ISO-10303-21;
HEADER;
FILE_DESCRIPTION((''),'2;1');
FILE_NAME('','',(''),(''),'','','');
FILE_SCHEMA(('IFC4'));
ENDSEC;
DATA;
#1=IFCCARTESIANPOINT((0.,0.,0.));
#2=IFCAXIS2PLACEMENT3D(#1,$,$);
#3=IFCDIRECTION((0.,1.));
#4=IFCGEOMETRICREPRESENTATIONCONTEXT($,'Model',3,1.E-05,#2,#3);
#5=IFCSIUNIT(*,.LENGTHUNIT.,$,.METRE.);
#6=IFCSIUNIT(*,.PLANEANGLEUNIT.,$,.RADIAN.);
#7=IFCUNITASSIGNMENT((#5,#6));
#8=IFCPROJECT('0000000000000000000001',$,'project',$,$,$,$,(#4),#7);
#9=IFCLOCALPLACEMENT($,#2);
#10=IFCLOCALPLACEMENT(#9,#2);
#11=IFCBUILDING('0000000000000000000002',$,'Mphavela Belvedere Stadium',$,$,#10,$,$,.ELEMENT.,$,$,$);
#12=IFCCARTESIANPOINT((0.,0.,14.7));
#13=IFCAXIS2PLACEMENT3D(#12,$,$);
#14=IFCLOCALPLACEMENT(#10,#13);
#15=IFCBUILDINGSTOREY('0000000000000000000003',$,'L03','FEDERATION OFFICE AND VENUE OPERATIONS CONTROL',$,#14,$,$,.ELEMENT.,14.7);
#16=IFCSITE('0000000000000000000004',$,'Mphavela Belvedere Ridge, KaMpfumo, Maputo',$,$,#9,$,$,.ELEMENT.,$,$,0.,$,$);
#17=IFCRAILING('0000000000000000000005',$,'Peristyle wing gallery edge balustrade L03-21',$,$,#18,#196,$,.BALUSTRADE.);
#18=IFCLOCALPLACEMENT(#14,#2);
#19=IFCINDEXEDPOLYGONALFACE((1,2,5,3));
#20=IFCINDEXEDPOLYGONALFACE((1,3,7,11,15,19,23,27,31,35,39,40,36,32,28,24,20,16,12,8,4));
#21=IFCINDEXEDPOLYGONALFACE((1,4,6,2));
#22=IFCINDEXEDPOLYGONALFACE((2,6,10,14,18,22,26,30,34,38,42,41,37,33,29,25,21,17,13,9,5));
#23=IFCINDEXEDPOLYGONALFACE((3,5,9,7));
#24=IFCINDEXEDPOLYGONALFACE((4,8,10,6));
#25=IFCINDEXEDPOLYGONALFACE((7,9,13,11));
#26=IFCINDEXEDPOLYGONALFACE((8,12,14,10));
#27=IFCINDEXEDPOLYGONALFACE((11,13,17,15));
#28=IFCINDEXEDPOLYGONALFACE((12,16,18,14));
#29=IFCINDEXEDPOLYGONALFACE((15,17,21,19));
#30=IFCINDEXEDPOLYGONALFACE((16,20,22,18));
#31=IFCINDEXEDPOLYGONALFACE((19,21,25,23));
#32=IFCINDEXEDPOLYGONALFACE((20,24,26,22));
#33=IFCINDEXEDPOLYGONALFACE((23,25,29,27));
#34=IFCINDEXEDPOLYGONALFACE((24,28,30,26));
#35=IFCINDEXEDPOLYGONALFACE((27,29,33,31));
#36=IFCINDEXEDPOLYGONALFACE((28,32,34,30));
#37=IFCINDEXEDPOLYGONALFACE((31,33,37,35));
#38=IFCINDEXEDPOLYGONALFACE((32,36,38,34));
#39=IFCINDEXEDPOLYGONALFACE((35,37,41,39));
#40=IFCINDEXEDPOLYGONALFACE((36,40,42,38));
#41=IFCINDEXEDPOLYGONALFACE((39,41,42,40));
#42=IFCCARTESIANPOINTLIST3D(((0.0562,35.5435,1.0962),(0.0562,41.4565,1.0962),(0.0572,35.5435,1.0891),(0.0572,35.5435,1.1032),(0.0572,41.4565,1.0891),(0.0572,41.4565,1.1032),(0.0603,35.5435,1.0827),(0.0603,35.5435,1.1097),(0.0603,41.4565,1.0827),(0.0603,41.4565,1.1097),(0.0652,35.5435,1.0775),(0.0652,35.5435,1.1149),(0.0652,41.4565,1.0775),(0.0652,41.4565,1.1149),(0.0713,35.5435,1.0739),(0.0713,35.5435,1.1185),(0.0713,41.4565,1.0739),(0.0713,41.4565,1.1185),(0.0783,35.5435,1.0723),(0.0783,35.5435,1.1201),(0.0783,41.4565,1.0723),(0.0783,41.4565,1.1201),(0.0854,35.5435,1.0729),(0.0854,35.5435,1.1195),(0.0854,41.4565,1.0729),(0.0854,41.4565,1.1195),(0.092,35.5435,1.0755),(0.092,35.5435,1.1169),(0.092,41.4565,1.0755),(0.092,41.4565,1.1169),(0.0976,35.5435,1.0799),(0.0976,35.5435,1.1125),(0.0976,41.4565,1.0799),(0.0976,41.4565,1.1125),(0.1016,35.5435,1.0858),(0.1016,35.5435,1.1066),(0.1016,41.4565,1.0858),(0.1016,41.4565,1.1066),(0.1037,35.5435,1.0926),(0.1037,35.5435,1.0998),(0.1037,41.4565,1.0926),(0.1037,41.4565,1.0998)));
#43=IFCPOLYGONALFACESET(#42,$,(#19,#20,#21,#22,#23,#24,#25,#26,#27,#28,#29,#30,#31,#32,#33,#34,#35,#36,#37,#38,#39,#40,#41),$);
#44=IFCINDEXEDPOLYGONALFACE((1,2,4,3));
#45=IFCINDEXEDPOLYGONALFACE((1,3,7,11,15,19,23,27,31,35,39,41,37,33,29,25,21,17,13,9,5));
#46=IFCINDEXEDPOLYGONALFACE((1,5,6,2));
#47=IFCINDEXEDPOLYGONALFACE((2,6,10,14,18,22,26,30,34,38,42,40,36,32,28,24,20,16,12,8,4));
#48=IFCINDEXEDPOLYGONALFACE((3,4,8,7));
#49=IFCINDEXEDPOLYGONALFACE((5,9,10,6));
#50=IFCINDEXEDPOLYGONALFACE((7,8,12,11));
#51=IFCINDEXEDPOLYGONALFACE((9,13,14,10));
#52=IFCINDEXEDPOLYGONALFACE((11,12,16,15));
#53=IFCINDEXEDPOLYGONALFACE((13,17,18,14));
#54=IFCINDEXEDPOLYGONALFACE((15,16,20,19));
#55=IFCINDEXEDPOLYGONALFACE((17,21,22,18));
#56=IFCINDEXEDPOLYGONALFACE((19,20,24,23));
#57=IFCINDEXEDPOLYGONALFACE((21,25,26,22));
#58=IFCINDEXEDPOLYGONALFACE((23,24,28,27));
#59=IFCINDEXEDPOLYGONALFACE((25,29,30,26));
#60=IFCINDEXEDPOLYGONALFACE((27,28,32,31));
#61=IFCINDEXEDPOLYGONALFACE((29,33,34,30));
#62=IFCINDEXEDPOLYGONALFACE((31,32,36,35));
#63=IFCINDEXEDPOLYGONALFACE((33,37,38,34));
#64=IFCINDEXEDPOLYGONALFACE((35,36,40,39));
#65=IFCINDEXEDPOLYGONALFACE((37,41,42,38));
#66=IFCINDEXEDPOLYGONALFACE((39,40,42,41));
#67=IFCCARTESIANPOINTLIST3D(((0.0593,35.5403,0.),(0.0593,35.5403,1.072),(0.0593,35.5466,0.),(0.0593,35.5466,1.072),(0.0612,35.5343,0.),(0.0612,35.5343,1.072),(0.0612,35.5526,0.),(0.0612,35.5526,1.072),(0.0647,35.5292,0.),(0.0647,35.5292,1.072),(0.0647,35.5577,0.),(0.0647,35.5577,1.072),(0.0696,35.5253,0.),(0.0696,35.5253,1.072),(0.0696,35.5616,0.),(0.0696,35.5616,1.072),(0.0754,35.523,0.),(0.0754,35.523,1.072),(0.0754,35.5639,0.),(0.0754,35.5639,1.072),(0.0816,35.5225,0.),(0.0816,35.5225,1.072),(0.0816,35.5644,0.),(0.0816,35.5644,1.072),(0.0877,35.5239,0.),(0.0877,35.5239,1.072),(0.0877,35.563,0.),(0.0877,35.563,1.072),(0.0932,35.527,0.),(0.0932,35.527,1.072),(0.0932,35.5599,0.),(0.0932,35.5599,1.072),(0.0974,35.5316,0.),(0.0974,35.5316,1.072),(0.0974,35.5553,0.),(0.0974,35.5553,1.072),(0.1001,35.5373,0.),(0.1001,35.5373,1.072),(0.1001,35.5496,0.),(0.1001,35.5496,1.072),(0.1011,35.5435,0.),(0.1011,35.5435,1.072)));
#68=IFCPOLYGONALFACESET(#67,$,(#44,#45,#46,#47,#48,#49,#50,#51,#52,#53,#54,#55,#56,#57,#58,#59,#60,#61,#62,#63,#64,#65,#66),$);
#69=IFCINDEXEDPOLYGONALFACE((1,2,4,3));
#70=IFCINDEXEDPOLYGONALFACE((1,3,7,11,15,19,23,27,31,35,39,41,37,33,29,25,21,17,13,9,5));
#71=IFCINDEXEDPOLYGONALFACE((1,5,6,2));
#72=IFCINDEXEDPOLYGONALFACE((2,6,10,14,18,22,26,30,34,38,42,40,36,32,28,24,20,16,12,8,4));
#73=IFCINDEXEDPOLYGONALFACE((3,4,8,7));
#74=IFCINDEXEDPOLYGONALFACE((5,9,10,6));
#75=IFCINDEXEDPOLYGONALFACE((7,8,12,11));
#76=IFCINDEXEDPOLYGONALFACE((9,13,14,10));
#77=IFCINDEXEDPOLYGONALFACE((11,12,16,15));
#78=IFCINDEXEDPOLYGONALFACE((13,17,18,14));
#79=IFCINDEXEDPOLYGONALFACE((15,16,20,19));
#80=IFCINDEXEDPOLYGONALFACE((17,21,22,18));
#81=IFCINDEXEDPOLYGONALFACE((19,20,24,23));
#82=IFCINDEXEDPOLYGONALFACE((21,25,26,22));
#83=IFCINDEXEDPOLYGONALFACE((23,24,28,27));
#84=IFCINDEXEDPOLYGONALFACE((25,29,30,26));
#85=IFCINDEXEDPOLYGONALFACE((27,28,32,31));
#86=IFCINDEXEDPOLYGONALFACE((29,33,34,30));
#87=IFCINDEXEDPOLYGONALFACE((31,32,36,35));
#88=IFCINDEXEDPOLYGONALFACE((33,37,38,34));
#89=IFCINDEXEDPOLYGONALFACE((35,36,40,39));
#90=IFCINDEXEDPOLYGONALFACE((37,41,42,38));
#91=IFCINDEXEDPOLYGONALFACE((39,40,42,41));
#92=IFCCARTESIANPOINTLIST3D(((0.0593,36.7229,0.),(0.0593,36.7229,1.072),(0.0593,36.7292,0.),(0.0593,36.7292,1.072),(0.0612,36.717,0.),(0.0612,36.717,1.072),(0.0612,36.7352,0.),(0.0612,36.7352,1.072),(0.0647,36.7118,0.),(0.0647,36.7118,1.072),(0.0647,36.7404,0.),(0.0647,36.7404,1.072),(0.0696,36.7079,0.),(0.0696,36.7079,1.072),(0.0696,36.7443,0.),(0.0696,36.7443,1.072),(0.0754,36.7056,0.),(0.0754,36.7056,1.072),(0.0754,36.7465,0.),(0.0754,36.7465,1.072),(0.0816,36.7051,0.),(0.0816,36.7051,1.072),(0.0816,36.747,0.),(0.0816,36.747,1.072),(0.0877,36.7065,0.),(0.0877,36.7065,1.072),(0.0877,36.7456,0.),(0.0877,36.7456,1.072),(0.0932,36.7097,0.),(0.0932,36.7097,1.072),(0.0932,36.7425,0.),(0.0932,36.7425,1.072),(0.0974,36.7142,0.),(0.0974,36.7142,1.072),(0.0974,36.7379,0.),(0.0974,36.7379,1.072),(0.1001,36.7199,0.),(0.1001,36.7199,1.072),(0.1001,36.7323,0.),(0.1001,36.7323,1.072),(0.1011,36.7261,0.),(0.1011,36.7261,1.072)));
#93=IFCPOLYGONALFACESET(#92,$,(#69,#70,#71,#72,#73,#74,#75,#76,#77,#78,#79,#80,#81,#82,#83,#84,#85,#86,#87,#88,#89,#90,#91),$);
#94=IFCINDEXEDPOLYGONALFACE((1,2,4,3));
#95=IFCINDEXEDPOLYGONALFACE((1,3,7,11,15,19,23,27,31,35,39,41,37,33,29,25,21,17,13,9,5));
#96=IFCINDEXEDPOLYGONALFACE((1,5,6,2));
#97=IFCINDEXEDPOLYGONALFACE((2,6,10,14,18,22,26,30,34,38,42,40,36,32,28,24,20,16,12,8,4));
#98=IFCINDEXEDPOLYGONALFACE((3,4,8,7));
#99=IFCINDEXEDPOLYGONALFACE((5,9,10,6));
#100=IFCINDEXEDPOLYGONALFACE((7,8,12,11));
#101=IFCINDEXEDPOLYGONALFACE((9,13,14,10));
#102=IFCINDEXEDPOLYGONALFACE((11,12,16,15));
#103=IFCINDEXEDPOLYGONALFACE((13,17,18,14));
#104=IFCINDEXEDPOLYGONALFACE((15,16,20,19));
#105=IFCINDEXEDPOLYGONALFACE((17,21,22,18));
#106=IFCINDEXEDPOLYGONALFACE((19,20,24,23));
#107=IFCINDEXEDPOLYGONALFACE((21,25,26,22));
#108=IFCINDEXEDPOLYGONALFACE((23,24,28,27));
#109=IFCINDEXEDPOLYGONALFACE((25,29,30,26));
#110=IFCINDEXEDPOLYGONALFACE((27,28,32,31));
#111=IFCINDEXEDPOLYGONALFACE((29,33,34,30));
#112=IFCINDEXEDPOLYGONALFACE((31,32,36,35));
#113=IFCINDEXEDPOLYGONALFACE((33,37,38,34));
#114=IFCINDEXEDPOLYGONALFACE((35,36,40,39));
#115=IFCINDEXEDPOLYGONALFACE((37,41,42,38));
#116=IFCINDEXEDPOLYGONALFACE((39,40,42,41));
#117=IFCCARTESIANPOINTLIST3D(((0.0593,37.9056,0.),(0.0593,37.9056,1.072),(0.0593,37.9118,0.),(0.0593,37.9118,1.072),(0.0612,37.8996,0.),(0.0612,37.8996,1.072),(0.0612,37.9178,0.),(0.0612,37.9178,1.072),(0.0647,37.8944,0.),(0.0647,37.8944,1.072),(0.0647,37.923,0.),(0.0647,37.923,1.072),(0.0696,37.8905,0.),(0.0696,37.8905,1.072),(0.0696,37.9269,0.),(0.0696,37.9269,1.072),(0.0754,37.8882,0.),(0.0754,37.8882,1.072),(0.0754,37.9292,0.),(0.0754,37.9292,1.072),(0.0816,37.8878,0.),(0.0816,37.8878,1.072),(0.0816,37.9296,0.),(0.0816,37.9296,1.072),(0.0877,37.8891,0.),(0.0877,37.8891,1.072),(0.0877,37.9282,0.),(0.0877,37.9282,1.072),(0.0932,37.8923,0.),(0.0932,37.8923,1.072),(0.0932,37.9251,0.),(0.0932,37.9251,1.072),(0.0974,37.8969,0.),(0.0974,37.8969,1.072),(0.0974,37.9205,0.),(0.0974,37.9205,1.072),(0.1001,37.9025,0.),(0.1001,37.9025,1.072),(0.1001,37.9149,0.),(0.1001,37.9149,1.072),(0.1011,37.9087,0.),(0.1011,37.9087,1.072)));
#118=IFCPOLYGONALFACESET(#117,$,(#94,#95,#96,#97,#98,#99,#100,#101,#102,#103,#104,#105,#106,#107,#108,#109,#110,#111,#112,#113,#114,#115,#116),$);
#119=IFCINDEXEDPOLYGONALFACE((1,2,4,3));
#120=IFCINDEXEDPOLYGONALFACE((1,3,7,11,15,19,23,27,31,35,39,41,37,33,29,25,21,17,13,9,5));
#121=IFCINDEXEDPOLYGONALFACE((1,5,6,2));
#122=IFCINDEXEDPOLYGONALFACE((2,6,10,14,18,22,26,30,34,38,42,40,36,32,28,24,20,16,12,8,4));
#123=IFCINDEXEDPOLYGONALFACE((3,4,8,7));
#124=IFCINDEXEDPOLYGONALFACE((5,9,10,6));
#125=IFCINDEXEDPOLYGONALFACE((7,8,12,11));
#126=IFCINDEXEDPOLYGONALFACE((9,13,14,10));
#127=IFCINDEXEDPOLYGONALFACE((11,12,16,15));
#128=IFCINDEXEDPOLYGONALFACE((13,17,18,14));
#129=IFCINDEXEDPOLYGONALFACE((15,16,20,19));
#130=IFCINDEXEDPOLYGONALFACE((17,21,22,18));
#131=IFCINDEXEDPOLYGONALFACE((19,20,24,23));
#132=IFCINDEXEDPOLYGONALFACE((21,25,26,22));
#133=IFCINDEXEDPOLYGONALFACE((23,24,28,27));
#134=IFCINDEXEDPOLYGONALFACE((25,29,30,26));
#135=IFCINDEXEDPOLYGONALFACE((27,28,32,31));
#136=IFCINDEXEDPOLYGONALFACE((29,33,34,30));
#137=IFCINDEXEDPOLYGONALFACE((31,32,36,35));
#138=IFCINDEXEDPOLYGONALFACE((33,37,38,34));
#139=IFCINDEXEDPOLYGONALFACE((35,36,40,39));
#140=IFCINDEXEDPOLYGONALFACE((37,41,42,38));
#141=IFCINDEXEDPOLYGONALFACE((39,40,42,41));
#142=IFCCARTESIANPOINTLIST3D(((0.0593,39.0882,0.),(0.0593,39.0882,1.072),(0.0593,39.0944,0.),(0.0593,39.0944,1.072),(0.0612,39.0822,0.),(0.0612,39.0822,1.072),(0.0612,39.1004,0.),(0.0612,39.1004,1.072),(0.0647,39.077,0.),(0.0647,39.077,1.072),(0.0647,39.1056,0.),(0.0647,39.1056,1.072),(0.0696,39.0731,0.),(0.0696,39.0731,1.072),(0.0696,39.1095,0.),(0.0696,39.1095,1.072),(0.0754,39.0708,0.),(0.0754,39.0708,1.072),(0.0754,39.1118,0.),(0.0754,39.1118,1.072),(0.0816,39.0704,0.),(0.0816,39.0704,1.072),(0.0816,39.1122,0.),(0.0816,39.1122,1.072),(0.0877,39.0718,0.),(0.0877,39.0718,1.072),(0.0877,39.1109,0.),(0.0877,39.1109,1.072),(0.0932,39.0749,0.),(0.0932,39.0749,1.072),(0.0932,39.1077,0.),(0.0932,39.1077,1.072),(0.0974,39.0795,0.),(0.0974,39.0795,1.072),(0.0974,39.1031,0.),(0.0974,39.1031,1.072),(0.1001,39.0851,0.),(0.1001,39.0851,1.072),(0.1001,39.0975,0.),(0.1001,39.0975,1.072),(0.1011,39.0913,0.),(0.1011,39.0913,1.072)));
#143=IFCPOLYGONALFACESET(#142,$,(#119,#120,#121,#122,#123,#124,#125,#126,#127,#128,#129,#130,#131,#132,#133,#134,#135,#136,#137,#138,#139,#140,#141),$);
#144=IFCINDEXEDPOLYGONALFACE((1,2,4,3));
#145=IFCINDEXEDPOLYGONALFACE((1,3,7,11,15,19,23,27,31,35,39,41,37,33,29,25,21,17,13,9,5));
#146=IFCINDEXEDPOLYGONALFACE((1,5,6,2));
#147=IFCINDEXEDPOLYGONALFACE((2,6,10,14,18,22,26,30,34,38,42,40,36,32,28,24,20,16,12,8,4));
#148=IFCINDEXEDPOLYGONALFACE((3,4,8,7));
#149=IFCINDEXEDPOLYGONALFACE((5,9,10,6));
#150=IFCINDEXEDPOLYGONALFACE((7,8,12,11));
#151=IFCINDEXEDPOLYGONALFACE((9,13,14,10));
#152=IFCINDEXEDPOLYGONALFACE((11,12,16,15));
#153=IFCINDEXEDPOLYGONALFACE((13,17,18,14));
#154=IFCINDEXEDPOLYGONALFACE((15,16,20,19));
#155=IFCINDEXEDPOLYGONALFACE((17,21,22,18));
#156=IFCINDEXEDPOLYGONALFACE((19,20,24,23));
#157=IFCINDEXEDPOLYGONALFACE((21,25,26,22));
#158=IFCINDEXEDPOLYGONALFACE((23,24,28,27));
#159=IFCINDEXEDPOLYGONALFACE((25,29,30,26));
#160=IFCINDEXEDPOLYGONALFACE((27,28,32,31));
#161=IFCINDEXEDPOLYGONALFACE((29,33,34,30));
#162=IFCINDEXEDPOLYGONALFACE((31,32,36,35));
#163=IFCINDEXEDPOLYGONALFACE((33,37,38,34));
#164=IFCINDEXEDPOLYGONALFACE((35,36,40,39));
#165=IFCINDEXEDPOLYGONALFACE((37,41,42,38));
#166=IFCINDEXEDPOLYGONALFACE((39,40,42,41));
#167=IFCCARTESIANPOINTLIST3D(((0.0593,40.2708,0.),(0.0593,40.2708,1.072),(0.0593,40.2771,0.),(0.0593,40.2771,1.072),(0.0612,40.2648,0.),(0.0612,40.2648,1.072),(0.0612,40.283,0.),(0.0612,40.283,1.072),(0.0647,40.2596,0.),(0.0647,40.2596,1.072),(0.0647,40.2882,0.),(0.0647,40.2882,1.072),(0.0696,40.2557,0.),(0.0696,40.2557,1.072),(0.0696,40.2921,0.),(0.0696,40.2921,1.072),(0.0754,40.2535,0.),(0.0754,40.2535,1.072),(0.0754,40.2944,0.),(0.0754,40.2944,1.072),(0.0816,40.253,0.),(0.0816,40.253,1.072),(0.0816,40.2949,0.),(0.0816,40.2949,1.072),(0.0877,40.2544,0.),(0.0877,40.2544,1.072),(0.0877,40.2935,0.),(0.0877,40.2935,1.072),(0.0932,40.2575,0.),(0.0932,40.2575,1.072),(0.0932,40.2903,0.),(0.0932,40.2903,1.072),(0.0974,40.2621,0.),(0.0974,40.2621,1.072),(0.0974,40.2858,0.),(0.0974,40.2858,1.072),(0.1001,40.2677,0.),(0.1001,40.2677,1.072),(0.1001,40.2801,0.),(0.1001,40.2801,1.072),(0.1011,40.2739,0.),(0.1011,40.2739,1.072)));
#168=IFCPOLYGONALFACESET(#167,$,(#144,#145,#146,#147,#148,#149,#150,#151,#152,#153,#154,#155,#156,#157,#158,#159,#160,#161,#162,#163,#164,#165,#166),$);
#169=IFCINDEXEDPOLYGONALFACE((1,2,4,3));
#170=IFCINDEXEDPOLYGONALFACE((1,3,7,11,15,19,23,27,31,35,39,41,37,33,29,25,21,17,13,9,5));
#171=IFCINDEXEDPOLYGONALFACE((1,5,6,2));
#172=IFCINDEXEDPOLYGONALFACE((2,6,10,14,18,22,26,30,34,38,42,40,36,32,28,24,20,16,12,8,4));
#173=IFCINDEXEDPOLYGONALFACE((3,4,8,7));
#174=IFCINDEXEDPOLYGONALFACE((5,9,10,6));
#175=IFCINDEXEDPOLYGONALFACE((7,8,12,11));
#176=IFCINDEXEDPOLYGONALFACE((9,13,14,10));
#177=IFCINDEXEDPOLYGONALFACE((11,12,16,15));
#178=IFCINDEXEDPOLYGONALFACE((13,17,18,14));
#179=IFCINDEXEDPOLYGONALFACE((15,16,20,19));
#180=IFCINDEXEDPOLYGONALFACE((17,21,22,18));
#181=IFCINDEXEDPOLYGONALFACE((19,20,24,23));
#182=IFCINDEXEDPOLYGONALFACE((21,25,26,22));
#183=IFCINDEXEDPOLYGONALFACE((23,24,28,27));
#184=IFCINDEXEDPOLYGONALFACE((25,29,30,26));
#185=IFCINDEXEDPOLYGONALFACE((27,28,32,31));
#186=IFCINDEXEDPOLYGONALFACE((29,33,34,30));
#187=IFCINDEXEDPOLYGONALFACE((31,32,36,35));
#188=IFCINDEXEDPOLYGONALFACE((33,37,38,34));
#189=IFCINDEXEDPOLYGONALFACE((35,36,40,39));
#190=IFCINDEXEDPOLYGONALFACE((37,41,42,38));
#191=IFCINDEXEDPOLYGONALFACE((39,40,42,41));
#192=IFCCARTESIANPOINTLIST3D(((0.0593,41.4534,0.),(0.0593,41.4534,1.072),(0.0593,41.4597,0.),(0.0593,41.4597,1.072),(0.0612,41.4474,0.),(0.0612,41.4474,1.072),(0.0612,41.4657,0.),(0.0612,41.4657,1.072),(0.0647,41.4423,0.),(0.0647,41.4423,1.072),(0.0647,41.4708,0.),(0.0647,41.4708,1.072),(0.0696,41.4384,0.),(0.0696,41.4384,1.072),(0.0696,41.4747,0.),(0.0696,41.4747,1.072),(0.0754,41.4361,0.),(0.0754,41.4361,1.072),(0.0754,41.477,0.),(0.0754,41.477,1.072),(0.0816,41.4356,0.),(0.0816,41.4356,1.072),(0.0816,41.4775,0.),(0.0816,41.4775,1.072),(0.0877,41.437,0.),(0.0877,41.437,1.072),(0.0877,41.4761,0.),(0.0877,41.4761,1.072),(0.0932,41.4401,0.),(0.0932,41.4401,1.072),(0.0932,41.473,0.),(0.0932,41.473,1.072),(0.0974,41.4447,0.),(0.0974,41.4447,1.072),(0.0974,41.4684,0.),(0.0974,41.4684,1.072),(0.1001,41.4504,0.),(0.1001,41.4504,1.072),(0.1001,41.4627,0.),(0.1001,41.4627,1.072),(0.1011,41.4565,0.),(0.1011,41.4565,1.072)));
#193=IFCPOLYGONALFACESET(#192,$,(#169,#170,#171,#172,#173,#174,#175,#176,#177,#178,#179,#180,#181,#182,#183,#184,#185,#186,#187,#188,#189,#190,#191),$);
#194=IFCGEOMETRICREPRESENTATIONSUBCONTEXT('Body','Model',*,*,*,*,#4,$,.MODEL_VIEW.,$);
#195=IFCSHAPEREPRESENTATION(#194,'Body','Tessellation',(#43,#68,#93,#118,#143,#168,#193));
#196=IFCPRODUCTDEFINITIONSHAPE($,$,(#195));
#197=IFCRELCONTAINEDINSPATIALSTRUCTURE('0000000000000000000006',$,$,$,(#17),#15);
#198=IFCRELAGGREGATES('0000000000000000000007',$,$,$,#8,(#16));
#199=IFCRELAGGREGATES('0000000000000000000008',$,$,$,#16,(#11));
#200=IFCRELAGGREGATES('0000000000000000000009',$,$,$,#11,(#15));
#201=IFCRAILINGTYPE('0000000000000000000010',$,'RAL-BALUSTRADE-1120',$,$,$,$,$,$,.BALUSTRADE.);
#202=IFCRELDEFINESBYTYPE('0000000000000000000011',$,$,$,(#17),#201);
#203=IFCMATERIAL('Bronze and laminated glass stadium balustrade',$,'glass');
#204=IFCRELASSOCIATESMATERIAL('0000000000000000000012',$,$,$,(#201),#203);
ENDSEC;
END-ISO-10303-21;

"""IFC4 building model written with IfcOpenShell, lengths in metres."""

from ifc_helpers import new_model, si_unit, direction, frame, origin, origin_2d, place, context, subcontext, project, spatial, circle, extrude, material, type_object, element, save


model = new_model("IFC4")

# Units and contexts
model_context = context("Model", 3, precision=1e-05, world=origin(), true_north=direction((0.0, 1.0)))
body_context = subcontext(model_context, "Body", "Model", "MODEL_VIEW")
ifc_project = project(units=[si_unit("LENGTHUNIT", "METRE"), si_unit("PLANEANGLEUNIT", "RADIAN")], contexts=[model_context])

# Site, building, storey
site_placement = place(None, origin())
site = spatial("IfcSite", under=ifc_project, at=site_placement, Name="Mphavela Belvedere Ridge, KaMpfumo, Maputo", CompositionType="ELEMENT", RefElevation=0.0)
building_placement = place(site_placement, origin())
building = spatial("IfcBuilding", under=site, at=building_placement, Name="Mphavela Belvedere Stadium", CompositionType="ELEMENT")
storey_placement = place(building_placement, frame((0.0, 0.0, 14.7)))
storey = spatial("IfcBuildingStorey", under=building, at=storey_placement, Name="L03", Description="FEDERATION OFFICE AND VENUE OPERATIONS CONTROL", CompositionType="ELEMENT", Elevation=14.7)

# Railing
ifc_material_1 = material(Name="Bronze and laminated glass stadium balustrade", Category="glass")
railing_type = type_object("IfcRailingType", Name="RAL-BALUSTRADE-1120", PredefinedType="BALUSTRADE", material=ifc_material_1)
for number, where, name in (
    (1, (0.0801, 35.5435, 0.0), "Peristyle wing gallery edge balustrade L03-21"),
):
    element("IfcRailing", number, at=place(storey_placement, frame(where)), inside=storey, type_object=railing_type, Name=name, PredefinedType="BALUSTRADE", context=body_context, shape_type="SweptSolid", body=[
        extrude(circle(Radius=0.0239, at=origin_2d()), frame((0.0, 0.0, 1.0962), z_axis=(0.0, 1.0, 0.0), x_axis=(-1.0, 0.0, 0.0)), (0.0, 0.0, 1.0), 5.9131),
        extrude(circle(Radius=0.021, at=origin_2d()), origin(), (0.0, 0.0, 1.0), 1.072),
        extrude(circle(Radius=0.021, at=origin_2d()), frame((0.0, 1.1826, 0.0)), (0.0, 0.0, 1.0), 1.072),
        extrude(circle(Radius=0.021, at=origin_2d()), frame((0.0, 2.3652, 0.0)), (0.0, 0.0, 1.0), 1.072),
        extrude(circle(Radius=0.021, at=origin_2d()), frame((0.0, 3.5479, 0.0)), (0.0, 0.0, 1.0), 1.072),
        extrude(circle(Radius=0.021, at=origin_2d()), frame((0.0, 4.7305, 0.0)), (0.0, 0.0, 1.0), 1.072),
        extrude(circle(Radius=0.021, at=origin_2d()), frame((0.0, 5.9131, 0.0)), (0.0, 0.0, 1.0), 1.072),
    ])

save(model, "model.ifc")
